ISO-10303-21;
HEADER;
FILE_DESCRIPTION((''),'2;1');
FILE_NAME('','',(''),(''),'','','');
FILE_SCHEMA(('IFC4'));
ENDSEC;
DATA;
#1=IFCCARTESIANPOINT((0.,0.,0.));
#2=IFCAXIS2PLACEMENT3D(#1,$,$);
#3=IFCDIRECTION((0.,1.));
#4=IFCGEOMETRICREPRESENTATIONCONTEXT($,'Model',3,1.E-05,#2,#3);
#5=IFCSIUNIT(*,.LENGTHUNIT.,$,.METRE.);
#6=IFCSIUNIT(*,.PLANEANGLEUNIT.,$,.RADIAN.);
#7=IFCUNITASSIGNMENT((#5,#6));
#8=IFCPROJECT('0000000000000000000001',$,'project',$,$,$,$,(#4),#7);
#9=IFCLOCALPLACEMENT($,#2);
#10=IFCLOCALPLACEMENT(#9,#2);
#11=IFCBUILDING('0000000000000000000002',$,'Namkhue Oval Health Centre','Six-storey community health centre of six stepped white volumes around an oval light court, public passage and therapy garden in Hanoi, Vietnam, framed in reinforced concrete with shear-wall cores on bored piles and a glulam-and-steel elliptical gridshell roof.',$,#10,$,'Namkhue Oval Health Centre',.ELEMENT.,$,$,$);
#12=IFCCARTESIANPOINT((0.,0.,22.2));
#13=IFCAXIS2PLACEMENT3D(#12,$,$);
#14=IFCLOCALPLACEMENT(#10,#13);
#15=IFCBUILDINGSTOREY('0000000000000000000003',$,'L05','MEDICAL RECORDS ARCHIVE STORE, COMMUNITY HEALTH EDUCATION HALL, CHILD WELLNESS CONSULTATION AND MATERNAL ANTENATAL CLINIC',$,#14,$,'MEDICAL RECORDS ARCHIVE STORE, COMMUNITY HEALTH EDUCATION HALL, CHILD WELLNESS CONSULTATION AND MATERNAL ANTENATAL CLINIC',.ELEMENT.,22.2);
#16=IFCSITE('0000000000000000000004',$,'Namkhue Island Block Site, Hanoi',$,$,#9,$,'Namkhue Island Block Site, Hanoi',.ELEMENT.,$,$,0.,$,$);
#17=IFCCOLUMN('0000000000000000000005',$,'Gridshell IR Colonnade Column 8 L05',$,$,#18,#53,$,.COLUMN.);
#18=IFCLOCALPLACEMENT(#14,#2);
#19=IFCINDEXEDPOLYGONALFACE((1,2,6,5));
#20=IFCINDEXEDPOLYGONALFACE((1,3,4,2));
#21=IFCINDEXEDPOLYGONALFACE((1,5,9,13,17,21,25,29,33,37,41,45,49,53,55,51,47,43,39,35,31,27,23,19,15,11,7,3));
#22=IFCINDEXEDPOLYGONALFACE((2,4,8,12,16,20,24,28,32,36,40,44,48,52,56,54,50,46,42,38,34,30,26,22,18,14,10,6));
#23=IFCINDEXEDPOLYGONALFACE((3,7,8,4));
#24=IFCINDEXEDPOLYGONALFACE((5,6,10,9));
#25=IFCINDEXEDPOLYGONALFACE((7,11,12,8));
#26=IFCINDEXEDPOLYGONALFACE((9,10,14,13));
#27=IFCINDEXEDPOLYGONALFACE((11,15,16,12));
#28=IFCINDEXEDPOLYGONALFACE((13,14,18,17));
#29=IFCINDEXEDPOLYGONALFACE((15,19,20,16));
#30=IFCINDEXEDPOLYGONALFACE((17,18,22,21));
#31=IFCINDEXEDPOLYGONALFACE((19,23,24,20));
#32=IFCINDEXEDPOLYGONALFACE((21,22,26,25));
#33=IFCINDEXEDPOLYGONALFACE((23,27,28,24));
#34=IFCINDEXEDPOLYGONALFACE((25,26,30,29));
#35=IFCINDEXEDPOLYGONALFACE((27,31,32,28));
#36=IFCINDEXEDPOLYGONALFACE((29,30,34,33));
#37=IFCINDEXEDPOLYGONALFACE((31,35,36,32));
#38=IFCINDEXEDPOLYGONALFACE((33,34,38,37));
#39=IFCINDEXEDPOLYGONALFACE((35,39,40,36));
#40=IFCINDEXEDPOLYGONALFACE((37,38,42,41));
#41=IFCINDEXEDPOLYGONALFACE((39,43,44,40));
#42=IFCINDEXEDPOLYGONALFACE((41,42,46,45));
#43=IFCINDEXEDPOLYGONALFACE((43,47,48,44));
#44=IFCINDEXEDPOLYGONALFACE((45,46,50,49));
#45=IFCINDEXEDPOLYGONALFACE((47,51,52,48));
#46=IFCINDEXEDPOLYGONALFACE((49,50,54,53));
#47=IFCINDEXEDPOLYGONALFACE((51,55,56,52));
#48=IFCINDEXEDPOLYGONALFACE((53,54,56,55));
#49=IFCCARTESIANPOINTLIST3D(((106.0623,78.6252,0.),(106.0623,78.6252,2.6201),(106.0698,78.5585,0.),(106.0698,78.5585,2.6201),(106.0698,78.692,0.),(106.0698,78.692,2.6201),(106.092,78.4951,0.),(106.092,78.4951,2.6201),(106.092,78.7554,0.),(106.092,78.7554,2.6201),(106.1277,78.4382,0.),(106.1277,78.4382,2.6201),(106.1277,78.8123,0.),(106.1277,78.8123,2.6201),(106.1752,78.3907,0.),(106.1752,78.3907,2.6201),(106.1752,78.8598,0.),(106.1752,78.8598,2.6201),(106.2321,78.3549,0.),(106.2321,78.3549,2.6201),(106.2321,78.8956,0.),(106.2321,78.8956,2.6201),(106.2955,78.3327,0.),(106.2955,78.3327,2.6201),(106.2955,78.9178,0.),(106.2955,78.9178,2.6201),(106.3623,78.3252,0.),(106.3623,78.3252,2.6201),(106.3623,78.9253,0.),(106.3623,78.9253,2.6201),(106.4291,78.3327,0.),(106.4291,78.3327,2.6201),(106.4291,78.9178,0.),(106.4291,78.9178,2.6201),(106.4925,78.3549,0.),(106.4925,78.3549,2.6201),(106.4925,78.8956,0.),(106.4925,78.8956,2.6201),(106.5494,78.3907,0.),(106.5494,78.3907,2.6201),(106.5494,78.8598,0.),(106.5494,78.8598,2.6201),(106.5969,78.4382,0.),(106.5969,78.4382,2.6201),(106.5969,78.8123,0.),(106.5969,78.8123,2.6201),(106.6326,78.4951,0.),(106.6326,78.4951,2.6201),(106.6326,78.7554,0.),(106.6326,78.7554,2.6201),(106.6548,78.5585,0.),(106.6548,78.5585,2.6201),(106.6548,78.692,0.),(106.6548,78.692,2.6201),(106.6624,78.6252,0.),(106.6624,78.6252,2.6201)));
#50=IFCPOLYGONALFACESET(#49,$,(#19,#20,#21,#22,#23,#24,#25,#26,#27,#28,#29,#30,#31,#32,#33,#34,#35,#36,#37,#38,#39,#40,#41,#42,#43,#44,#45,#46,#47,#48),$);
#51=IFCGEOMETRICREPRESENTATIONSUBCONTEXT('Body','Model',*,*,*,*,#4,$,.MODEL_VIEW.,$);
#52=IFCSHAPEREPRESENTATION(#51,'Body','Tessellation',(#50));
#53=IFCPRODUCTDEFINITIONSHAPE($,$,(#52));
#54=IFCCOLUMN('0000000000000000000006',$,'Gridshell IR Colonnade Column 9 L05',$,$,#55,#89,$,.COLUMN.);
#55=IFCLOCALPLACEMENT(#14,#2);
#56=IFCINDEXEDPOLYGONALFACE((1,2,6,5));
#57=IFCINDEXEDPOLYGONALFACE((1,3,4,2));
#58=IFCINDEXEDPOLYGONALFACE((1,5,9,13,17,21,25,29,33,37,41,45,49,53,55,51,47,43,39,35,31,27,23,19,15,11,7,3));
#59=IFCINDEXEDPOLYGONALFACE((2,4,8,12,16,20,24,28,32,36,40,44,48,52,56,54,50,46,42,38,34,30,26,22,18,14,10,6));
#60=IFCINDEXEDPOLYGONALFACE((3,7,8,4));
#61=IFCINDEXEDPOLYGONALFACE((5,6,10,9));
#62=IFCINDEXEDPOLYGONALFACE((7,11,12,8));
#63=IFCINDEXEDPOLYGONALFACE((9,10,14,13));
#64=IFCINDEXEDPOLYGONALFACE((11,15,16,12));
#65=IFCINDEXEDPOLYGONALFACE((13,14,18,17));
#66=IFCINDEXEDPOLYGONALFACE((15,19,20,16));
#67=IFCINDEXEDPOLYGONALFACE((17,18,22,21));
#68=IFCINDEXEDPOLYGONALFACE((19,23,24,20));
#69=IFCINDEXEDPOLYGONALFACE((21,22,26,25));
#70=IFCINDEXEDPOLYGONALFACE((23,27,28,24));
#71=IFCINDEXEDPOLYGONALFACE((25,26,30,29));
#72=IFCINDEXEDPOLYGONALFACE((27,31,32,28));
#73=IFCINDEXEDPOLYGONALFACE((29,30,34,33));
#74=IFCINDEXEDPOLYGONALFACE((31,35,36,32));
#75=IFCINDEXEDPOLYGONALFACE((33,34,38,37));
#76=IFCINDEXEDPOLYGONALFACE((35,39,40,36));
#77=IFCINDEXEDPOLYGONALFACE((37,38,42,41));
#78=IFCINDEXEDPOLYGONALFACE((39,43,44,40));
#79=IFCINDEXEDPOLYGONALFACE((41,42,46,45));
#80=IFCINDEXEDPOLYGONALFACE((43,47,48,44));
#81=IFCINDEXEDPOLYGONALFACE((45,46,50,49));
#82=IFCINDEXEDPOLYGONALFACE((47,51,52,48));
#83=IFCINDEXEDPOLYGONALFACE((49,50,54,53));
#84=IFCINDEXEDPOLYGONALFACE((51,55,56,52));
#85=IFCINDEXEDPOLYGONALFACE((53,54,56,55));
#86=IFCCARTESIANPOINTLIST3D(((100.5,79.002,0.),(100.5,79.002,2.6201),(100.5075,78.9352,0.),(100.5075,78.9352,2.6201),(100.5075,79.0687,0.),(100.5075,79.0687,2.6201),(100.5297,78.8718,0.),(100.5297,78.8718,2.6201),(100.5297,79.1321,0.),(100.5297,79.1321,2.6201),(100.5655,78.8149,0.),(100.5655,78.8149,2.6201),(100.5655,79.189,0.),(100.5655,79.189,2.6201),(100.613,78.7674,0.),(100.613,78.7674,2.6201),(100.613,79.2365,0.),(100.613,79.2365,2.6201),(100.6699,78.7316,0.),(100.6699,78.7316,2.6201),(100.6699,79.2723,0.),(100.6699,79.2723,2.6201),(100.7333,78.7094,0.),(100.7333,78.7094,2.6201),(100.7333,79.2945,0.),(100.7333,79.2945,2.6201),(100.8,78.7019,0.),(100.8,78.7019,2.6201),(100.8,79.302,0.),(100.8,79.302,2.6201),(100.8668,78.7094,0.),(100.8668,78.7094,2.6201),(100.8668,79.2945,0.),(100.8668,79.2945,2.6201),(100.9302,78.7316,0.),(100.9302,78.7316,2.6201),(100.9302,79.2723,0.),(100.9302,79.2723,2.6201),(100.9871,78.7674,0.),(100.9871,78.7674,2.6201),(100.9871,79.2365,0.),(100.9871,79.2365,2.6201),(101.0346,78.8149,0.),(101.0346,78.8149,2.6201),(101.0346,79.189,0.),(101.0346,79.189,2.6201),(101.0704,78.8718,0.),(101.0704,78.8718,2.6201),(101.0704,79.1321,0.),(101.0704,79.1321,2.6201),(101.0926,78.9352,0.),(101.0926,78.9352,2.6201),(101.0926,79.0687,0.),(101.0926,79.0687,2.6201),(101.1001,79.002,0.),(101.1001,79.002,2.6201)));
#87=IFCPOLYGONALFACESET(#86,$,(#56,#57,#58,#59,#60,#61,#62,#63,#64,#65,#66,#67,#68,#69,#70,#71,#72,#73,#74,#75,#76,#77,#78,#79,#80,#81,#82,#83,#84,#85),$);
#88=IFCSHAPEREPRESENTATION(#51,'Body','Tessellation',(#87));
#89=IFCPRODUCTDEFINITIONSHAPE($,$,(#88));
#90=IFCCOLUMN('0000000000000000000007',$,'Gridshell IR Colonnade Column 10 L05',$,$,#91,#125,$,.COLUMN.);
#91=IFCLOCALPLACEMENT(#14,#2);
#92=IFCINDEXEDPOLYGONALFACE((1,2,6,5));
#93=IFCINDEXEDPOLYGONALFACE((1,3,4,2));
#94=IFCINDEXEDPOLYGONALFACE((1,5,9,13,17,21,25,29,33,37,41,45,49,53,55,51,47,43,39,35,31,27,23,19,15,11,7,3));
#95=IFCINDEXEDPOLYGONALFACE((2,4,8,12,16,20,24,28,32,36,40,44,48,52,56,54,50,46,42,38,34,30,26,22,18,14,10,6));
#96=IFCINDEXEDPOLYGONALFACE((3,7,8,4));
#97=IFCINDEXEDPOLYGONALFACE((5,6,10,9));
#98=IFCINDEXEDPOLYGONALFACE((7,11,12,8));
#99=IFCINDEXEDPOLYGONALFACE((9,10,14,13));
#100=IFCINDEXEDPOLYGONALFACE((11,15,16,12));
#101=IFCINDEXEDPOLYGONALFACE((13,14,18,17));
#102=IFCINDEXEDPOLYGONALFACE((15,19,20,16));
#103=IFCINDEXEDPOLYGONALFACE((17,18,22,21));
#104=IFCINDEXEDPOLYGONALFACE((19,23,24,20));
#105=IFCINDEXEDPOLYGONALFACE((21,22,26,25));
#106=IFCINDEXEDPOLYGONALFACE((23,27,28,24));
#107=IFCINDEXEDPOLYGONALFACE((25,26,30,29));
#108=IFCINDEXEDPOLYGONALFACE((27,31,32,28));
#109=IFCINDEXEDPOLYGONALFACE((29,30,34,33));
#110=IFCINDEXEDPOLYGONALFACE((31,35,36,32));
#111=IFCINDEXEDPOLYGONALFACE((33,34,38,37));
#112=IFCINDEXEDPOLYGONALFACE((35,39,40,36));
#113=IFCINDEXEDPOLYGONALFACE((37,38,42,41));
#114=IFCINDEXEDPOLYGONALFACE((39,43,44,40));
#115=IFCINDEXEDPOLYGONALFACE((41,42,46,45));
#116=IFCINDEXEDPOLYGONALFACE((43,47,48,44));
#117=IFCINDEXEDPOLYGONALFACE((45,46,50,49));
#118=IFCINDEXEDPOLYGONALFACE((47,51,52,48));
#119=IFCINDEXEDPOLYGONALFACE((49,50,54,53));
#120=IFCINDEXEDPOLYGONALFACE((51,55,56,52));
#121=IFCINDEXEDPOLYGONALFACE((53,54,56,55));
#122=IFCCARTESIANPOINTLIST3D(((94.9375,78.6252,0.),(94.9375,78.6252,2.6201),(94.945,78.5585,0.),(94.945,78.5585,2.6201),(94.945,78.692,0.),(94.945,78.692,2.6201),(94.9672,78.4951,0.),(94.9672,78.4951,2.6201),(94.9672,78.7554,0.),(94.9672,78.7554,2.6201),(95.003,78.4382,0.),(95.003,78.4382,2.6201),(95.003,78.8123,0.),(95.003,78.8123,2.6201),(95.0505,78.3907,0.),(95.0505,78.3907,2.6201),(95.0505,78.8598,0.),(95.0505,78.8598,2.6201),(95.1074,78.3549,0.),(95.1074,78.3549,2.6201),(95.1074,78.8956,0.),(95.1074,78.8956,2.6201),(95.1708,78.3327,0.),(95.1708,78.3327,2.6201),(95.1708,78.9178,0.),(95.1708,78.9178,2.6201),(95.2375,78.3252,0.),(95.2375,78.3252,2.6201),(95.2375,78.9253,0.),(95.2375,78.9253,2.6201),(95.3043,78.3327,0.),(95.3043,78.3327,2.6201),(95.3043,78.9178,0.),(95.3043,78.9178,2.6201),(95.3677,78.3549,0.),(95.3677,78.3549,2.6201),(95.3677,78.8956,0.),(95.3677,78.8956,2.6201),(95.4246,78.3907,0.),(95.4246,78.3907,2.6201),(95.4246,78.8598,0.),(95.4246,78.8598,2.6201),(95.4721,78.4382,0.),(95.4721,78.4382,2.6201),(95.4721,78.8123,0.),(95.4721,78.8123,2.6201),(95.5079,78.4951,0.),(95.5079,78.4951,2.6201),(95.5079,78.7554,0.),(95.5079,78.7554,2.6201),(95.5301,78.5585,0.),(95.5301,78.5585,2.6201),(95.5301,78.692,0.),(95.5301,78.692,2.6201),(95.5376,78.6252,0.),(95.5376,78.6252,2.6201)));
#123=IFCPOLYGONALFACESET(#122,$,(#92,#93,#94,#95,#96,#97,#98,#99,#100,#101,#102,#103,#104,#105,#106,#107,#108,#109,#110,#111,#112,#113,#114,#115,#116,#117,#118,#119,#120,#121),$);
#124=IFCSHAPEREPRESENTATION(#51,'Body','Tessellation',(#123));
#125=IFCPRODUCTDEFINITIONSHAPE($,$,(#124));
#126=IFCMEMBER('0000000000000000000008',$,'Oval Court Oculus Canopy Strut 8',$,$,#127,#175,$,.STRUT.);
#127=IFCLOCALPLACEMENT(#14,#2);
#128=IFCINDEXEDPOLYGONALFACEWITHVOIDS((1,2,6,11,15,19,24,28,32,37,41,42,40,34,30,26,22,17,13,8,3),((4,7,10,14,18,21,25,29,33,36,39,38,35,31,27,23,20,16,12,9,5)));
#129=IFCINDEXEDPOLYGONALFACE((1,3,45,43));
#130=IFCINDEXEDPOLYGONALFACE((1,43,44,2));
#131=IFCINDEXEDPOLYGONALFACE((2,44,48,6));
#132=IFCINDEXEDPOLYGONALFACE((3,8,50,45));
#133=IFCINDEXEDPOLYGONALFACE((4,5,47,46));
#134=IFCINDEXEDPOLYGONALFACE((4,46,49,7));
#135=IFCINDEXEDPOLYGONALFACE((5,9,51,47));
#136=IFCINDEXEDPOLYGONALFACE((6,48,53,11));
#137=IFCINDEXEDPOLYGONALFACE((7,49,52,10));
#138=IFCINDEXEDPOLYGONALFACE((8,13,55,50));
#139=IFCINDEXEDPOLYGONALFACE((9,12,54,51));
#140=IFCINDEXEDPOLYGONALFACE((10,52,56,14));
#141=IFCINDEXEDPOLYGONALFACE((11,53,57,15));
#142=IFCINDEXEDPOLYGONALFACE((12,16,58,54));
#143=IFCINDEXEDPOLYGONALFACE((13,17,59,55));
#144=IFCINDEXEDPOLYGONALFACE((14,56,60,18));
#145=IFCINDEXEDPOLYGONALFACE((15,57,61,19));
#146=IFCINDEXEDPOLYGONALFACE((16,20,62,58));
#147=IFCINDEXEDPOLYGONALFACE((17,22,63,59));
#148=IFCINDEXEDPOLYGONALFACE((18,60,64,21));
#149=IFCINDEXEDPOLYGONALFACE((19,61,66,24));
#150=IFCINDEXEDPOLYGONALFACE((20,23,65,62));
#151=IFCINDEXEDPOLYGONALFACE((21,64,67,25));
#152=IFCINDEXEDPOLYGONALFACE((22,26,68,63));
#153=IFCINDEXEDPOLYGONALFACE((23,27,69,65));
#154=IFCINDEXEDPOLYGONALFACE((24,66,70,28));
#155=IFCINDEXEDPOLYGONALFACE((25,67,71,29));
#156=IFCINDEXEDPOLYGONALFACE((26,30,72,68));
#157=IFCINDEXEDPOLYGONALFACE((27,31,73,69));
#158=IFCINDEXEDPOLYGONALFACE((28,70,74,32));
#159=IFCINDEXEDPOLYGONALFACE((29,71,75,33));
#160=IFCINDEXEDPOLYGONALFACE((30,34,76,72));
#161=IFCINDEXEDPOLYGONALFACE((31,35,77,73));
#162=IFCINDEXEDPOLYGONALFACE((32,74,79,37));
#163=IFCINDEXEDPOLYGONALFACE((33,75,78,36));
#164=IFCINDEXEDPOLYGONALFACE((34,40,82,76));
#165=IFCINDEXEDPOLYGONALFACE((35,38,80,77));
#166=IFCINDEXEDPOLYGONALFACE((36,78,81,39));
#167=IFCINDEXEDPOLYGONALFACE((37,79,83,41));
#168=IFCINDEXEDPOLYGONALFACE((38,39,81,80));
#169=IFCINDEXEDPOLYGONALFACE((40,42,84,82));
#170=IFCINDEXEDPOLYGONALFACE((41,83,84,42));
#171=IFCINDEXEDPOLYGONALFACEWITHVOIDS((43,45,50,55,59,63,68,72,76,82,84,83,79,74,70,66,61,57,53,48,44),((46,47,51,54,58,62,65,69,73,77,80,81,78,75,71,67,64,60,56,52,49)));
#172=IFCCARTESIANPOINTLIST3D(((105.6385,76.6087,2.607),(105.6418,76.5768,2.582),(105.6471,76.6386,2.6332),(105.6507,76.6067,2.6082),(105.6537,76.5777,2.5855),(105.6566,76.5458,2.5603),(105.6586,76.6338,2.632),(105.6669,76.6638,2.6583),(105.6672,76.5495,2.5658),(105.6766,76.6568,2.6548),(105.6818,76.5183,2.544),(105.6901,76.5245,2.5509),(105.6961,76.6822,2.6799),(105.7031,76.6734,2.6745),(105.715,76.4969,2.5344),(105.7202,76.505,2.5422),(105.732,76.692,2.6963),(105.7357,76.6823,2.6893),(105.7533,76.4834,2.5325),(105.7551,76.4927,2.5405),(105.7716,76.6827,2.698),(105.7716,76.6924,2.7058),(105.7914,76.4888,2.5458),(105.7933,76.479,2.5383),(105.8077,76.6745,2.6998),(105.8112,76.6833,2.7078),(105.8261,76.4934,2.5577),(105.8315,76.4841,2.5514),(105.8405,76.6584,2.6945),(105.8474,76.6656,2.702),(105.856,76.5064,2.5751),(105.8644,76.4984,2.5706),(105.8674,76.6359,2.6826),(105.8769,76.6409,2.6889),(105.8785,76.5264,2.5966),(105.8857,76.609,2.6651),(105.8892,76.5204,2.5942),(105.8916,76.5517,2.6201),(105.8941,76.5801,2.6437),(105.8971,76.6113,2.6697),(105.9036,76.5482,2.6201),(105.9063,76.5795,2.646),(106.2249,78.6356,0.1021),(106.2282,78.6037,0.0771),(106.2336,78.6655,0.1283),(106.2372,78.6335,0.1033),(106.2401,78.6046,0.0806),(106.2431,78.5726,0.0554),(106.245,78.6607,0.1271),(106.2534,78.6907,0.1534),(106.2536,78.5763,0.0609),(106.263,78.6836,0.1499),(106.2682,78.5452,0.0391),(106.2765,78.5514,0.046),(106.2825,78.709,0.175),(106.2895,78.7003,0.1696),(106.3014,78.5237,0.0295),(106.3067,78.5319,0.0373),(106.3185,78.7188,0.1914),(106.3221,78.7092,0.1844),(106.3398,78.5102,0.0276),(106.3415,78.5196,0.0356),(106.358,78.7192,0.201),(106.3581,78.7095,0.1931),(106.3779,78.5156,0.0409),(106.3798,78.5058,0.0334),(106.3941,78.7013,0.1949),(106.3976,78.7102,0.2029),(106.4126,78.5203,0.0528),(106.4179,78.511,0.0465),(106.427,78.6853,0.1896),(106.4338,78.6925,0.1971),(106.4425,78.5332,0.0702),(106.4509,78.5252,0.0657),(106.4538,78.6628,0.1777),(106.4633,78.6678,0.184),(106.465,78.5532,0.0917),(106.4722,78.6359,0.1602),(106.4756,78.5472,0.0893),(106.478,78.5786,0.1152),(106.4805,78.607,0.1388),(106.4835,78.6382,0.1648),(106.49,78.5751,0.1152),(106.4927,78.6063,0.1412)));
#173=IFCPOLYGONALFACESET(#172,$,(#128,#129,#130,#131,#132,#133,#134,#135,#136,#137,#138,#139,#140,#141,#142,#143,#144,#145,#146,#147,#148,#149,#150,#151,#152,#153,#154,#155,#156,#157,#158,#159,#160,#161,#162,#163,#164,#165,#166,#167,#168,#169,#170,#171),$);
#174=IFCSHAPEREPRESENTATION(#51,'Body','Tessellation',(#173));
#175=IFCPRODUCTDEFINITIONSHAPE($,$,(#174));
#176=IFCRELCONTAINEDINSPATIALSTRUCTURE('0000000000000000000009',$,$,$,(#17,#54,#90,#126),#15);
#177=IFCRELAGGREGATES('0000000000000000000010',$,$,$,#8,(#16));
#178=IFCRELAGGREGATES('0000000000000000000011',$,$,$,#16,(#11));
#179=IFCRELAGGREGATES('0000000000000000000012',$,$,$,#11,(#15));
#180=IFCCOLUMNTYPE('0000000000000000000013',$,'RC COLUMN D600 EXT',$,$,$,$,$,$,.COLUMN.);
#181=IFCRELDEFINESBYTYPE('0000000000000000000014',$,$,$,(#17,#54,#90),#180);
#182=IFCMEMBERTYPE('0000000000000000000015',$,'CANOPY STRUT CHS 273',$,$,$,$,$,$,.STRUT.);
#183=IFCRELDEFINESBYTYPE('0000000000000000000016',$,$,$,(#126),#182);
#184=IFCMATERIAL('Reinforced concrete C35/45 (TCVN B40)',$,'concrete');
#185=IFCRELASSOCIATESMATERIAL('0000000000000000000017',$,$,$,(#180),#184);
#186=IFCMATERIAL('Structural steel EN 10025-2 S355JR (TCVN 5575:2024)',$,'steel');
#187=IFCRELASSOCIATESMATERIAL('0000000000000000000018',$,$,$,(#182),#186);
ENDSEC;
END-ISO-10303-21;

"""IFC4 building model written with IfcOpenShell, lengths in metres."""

from ifc_helpers import new_model, si_unit, direction, frame, origin, origin_2d, place, context, subcontext, project, spatial, circle, hollow_circle, extrude, material, material_profile, profile_set, type_object, element, save


model = new_model("IFC4")

# Units and contexts
model_context = context("Model", 3, precision=1e-05, world=origin(), true_north=direction((0.0, 1.0)))
body_context = subcontext(model_context, "Body", "Model", "MODEL_VIEW")
ifc_project = project(units=[si_unit("LENGTHUNIT", "METRE"), si_unit("PLANEANGLEUNIT", "RADIAN")], contexts=[model_context])

# Site, building, storey
site_placement = place(None, origin())
site = spatial("IfcSite", under=ifc_project, at=site_placement, Name="Namkhue Island Block Site, Hanoi", LongName="Namkhue Island Block Site, Hanoi", CompositionType="ELEMENT", RefElevation=0.0)
building_placement = place(site_placement, origin())
building = spatial("IfcBuilding", under=site, at=building_placement, Name="Namkhue Oval Health Centre", Description="Six-storey community health centre of six stepped white volumes around an oval light court, public passage and therapy garden in Hanoi, Vietnam, framed in reinforced concrete with shear-wall cores on bored piles and a glulam-and-steel elliptical gridshell roof.", LongName="Namkhue Oval Health Centre", CompositionType="ELEMENT")
storey_placement = place(building_placement, frame((0.0, 0.0, 22.2)))
storey = spatial("IfcBuildingStorey", under=building, at=storey_placement, Name="L05", Description="MEDICAL RECORDS ARCHIVE STORE, COMMUNITY HEALTH EDUCATION HALL, CHILD WELLNESS CONSULTATION AND MATERNAL ANTENATAL CLINIC", LongName="MEDICAL RECORDS ARCHIVE STORE, COMMUNITY HEALTH EDUCATION HALL, CHILD WELLNESS CONSULTATION AND MATERNAL ANTENATAL CLINIC", CompositionType="ELEMENT", Elevation=22.2)

# Columns
ifc_material_1 = material(Name="Reinforced concrete C35/45 (TCVN B40)", Category="concrete")
ifc_material_profile_1 = material_profile(ifc_material_1, circle(Radius=0.3, at=origin_2d()), Name="RC D600")
ifc_profile_set_1 = profile_set([ifc_material_profile_1], Name="Reinforced concrete C35/45 (TCVN B40)")
column_type = type_object("IfcColumnType", Name="RC COLUMN D600 EXT", PredefinedType="COLUMN", material=ifc_profile_set_1)
for number, where, z_axis, x_axis, name in (
    (1, (106.3623, 78.6252, 0.0), (0.0, 0.0, 1.0), (1.0, 0.0, 0.0), "Gridshell IR Colonnade Column 8 L05"),
    (2, (100.8, 79.002, 0.0), (0.0, 0.0, 1.0), (1.0, 0.0, 0.0), "Gridshell IR Colonnade Column 9 L05"),
    (3, (95.2375, 78.6252, 0.0), (0.0, 0.0, 1.0), (1.0, 0.0, 0.0), "Gridshell IR Colonnade Column 10 L05"),
):
    element("IfcColumn", number, at=place(storey_placement, frame(where, z_axis=z_axis, x_axis=x_axis)), inside=storey, type_object=column_type, Name=name, PredefinedType="COLUMN", context=body_context, shape_type="SweptSolid", body=[
        extrude(circle(Radius=0.3, at=origin_2d()), origin(), (0.0, 0.0, 1.0), 2.6201),
    ])

# Member
ifc_material_2 = material(Name="Structural steel EN 10025-2 S355JR (TCVN 5575:2024)", Category="steel")
ifc_material_profile_2 = material_profile(ifc_material_2, hollow_circle(Radius=0.1365, WallThickness=0.0125, at=origin_2d()), Name="CHS 273x12.5")
ifc_profile_set_2 = profile_set([ifc_material_profile_2], Name="Structural steel EN 10025-2 S355JR (TCVN 5575:2024)")
member_type_1 = type_object("IfcMemberType", Name="CANOPY STRUT CHS 273", PredefinedType="STRUT", material=ifc_profile_set_2)
member_1_placement = place(storey_placement, frame((106.3589, 78.613, 0.1152), z_axis=(-0.179054, -0.618863, 0.764819), x_axis=(0.960602, -0.277929, 0.0)))
element("IfcMember", 4, at=member_1_placement, inside=storey, type_object=member_type_1, Name="Oval Court Oculus Canopy Strut 8", PredefinedType="STRUT", context=body_context, shape_type="SweptSolid", body=[
    extrude(hollow_circle(Radius=0.1365, WallThickness=0.0125, at=origin_2d()), origin(), (0.0, 0.0, 1.0), 3.2751),
])

save(model, "model.ifc")
